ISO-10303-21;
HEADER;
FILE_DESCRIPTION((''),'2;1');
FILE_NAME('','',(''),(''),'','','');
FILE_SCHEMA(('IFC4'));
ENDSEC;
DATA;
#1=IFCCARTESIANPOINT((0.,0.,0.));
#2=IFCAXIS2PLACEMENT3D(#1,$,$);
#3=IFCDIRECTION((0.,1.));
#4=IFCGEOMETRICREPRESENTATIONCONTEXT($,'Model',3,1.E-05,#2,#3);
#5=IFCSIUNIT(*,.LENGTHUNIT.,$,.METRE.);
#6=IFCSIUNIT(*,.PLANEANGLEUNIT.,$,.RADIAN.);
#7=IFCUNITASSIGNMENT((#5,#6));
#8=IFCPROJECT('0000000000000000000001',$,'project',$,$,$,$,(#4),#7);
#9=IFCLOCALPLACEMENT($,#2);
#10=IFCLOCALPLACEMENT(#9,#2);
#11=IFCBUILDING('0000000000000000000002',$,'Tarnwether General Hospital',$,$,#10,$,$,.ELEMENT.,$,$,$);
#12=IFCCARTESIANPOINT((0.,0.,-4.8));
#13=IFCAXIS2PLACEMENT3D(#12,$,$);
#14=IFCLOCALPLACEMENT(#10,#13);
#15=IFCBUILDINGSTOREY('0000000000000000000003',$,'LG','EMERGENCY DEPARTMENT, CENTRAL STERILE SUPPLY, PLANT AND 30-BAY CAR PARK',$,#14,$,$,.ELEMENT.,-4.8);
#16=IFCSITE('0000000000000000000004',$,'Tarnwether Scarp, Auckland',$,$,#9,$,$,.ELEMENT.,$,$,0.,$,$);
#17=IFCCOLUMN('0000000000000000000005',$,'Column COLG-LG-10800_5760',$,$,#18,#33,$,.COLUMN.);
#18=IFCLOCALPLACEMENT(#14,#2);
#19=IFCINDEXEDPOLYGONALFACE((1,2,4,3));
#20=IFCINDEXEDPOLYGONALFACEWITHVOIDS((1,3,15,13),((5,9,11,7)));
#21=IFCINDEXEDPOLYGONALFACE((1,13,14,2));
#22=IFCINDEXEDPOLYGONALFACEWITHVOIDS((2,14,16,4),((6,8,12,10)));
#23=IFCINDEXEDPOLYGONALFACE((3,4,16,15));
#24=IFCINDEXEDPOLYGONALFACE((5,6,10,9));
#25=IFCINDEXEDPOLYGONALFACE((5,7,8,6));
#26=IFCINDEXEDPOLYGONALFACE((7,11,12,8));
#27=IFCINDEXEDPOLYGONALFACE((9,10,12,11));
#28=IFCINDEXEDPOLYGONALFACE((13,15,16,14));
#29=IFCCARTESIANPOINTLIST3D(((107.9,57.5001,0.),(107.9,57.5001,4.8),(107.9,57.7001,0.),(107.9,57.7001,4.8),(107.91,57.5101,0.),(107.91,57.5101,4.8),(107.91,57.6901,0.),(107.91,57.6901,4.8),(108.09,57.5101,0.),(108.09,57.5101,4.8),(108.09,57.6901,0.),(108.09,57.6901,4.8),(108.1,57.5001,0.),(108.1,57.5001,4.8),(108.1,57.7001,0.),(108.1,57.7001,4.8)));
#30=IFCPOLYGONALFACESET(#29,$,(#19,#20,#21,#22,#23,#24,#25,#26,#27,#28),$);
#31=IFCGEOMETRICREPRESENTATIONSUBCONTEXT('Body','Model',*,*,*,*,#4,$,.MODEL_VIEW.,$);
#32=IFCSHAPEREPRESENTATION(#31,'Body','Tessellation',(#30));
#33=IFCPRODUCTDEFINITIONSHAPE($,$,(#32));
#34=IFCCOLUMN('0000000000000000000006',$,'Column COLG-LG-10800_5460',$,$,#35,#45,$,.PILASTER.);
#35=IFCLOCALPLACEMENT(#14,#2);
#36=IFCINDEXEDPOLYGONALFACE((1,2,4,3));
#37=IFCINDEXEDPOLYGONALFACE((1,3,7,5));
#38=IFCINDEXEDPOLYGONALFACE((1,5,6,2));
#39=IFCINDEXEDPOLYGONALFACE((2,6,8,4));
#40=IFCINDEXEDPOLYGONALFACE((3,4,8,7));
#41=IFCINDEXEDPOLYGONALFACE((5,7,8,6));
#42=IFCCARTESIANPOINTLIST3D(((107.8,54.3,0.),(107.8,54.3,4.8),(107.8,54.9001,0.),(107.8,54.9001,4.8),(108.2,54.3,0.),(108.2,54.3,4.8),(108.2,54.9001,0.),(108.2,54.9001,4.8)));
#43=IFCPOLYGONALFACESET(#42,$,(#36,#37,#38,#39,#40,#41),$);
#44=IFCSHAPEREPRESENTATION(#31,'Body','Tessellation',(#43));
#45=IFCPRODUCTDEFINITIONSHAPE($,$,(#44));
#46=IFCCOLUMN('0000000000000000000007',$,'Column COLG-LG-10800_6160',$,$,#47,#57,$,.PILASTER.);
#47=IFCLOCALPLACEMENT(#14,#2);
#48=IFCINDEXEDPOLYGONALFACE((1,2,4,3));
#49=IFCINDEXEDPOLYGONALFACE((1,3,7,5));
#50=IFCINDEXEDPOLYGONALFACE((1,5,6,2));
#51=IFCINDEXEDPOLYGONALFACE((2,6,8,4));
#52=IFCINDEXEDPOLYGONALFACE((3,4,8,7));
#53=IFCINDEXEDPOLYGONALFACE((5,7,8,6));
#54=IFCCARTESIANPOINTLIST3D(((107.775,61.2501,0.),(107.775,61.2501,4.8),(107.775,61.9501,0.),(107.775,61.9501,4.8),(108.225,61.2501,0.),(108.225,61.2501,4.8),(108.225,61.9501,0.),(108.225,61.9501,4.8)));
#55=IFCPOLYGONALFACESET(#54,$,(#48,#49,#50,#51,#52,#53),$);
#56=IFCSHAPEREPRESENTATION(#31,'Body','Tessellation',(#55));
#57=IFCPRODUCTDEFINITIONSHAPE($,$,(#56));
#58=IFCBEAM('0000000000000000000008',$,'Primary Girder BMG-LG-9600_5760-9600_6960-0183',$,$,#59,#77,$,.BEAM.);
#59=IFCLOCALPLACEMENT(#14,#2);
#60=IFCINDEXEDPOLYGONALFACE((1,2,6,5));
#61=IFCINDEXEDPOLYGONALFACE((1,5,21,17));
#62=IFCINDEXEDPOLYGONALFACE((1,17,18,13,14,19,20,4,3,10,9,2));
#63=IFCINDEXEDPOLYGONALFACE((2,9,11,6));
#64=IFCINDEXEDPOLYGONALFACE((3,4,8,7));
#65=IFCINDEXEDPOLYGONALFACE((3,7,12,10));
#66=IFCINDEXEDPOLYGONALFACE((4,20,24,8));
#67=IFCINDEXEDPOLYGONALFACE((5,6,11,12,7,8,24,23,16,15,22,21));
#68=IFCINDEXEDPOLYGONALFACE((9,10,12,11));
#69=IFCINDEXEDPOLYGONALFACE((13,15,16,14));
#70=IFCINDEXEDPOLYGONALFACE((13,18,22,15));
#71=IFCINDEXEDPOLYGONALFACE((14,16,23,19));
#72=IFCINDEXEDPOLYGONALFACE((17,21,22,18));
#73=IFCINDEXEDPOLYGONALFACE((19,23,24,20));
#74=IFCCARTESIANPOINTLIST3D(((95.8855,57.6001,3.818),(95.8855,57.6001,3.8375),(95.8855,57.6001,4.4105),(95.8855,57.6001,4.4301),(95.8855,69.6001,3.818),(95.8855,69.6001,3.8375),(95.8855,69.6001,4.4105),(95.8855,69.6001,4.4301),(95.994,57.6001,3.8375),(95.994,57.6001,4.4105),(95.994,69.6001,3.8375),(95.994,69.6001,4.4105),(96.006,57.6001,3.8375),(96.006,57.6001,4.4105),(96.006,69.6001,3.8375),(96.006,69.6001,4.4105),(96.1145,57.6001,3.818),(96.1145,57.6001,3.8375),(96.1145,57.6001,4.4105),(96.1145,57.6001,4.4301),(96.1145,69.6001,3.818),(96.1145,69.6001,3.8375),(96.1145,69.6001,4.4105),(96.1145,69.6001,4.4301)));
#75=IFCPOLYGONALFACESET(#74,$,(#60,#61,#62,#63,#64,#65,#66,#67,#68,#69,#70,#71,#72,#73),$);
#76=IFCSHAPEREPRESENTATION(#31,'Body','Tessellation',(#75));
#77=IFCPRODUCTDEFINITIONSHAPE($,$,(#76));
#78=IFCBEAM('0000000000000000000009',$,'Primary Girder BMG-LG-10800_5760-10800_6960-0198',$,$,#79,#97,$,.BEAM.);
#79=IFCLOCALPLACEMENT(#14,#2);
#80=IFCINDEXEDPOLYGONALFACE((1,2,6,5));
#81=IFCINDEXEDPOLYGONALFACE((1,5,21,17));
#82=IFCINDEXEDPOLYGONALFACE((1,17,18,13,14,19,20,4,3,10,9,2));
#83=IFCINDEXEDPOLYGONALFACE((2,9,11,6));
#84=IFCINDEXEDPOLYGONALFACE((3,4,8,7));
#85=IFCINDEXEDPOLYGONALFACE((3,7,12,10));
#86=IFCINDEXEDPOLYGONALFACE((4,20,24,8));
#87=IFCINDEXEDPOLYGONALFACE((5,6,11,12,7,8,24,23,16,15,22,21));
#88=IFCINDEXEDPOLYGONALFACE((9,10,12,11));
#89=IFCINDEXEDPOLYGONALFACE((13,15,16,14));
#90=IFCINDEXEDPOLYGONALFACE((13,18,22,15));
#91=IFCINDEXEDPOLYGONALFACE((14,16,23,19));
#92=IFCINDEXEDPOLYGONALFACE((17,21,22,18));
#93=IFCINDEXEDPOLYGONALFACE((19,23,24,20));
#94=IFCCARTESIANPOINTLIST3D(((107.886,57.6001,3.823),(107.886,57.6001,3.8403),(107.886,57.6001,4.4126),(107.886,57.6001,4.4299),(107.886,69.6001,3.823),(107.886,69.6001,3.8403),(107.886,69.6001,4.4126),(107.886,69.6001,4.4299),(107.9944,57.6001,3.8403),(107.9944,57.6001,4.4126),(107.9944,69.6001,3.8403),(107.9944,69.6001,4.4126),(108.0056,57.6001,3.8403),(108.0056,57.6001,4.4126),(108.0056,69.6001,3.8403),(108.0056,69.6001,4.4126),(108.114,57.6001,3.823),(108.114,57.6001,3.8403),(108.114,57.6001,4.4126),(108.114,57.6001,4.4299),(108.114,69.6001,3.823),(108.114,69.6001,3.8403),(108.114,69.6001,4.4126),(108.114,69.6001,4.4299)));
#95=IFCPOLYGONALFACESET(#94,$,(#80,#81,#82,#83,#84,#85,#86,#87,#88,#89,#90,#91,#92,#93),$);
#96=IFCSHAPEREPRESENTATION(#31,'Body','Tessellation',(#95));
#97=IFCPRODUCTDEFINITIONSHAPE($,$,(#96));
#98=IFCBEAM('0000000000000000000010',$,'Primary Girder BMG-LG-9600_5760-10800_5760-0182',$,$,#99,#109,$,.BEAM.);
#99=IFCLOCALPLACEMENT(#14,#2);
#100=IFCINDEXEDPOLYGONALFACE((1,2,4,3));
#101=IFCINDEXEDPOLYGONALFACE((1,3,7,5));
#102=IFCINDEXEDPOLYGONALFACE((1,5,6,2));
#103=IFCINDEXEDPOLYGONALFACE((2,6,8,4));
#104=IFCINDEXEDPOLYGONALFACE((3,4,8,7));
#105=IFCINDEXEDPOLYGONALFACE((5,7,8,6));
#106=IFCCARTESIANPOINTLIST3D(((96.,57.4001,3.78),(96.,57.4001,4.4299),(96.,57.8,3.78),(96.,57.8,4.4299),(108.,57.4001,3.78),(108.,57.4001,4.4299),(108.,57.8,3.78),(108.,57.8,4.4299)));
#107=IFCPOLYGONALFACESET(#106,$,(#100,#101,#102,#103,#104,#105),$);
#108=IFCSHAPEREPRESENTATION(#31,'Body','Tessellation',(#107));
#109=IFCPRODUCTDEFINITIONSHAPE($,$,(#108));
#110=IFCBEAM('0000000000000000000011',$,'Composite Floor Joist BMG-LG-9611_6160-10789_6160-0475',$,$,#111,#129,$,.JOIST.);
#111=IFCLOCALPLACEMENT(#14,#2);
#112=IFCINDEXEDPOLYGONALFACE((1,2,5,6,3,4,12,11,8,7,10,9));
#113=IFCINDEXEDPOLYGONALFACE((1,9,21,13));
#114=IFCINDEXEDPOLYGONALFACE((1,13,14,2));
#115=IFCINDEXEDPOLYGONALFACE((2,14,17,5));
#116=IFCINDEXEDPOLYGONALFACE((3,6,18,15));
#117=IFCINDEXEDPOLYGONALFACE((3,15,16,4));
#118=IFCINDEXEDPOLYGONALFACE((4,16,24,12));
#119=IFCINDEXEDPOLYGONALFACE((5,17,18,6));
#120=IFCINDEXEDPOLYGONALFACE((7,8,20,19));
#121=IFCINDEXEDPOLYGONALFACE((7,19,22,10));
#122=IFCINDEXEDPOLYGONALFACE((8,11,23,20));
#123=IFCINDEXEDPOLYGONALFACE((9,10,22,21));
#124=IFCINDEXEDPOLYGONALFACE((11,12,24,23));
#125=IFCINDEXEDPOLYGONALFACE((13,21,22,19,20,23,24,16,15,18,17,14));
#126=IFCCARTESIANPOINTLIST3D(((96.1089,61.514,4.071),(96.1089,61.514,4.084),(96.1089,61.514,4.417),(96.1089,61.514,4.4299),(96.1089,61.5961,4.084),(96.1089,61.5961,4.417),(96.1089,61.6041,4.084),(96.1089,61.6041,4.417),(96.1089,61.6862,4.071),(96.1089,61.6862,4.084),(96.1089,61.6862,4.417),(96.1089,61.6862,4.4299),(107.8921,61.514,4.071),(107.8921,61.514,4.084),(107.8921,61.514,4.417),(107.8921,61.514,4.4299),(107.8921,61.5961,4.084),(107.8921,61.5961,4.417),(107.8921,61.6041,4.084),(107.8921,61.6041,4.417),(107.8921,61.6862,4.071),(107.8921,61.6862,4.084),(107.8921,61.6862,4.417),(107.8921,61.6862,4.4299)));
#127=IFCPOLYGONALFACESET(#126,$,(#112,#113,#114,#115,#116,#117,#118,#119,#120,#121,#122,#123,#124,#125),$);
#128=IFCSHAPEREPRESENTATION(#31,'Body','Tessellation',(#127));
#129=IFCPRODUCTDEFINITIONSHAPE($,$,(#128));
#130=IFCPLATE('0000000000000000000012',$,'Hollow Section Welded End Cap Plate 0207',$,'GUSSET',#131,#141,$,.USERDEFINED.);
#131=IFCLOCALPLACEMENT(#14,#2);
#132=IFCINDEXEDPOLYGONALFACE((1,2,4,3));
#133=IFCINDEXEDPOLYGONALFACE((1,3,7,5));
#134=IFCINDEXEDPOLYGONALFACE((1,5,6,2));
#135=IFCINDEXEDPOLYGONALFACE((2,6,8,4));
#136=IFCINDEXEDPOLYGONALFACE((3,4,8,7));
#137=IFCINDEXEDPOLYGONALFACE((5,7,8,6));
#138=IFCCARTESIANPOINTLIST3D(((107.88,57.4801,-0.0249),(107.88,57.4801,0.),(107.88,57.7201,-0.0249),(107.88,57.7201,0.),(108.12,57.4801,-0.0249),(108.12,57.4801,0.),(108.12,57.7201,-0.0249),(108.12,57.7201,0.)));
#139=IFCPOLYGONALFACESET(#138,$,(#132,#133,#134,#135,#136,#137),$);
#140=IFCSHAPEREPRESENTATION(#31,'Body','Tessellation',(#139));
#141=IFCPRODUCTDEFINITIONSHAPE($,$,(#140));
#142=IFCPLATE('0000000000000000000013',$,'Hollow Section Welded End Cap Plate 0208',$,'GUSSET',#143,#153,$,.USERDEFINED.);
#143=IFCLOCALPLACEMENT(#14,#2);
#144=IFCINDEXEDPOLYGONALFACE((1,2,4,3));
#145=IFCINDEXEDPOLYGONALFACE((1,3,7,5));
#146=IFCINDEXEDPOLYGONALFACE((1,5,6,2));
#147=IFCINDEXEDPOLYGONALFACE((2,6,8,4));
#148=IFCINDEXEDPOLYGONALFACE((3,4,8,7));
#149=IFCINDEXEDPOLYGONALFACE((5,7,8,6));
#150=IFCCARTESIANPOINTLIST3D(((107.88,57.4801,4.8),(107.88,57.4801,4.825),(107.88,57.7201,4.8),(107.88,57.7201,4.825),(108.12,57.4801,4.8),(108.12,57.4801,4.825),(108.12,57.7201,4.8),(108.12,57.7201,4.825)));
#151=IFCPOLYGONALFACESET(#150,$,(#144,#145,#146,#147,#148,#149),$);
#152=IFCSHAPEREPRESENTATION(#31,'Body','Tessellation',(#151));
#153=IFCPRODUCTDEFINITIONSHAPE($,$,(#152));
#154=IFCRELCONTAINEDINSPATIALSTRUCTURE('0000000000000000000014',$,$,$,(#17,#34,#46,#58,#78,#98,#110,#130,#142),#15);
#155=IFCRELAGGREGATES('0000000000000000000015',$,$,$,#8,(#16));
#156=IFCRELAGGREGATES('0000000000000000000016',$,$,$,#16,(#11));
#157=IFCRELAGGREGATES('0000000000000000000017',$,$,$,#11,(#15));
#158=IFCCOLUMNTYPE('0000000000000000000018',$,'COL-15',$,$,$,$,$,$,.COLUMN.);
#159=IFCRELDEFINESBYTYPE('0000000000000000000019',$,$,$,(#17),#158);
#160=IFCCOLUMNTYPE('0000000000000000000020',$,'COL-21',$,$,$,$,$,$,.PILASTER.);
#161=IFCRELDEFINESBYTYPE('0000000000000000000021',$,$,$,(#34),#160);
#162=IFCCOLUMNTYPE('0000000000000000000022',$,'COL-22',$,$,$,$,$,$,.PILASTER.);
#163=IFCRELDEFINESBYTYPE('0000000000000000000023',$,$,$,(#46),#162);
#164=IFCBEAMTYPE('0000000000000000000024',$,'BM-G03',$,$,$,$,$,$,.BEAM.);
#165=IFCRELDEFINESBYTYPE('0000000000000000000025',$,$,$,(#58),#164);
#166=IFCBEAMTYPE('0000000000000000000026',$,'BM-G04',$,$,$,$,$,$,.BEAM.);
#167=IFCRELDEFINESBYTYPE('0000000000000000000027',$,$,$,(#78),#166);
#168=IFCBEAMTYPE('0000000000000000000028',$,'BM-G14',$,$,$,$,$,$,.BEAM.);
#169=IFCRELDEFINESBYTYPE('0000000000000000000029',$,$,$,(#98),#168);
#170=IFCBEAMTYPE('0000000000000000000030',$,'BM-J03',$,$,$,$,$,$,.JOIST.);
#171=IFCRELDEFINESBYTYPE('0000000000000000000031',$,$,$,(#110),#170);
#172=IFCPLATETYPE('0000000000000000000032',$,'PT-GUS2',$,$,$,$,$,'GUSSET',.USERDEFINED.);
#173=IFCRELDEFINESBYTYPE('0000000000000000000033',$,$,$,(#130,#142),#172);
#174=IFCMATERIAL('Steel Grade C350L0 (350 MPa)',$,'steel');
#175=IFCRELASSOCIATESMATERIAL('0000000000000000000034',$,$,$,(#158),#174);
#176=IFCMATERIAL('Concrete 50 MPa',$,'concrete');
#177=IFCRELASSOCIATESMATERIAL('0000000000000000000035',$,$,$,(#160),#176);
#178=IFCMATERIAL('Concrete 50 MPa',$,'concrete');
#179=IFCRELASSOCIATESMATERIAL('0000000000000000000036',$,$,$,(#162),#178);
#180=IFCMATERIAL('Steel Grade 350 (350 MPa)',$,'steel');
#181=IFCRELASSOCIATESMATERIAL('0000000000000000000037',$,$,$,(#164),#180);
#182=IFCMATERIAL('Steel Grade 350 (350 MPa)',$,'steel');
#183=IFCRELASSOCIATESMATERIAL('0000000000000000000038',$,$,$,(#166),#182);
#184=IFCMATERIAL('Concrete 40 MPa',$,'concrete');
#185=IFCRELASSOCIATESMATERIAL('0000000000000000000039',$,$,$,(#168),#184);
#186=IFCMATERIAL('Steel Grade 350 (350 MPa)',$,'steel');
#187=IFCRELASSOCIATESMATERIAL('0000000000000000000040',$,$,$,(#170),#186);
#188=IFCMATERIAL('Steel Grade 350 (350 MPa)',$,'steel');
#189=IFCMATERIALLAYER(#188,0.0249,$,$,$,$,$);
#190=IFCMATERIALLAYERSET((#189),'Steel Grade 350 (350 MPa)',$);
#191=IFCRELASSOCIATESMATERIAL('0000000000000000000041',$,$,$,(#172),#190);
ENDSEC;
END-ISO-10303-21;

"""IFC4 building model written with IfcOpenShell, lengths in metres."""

from ifc_helpers import new_model, si_unit, direction, frame, origin, origin_2d, place, context, subcontext, project, spatial, rectangle, hollow_rectangle, i_section, extrude, material, layer, layer_set, material_profile, profile_set, type_object, element, save


model = new_model("IFC4")

# Units and contexts
model_context = context("Model", 3, precision=1e-05, world=origin(), true_north=direction((0.0, 1.0)))
body_context = subcontext(model_context, "Body", "Model", "MODEL_VIEW")
ifc_project = project(units=[si_unit("LENGTHUNIT", "METRE"), si_unit("PLANEANGLEUNIT", "RADIAN")], contexts=[model_context])

# Site, building, storey
site_placement = place(None, origin())
site = spatial("IfcSite", under=ifc_project, at=site_placement, Name="Tarnwether Scarp, Auckland", CompositionType="ELEMENT", RefElevation=0.0)
building_placement = place(site_placement, origin())
building = spatial("IfcBuilding", under=site, at=building_placement, Name="Tarnwether General Hospital", CompositionType="ELEMENT")
storey_placement = place(building_placement, frame((0.0, 0.0, -4.8)))
storey = spatial("IfcBuildingStorey", under=building, at=storey_placement, Name="LG", Description="EMERGENCY DEPARTMENT, CENTRAL STERILE SUPPLY, PLANT AND 30-BAY CAR PARK", CompositionType="ELEMENT", Elevation=-4.8)

# Columns
ifc_material_1 = material(Name="Steel Grade C350L0 (350 MPa)", Category="steel")
ifc_material_profile_1 = material_profile(ifc_material_1, hollow_rectangle(XDim=0.2, YDim=0.2, WallThickness=0.01, at=origin_2d()), Name="SHS200x200x10")
ifc_profile_set_1 = profile_set([ifc_material_profile_1], Name="Steel Grade C350L0 (350 MPa)")
column_type_1 = type_object("IfcColumnType", Name="COL-15", PredefinedType="COLUMN", material=ifc_profile_set_1)
column_1_placement = place(storey_placement, frame((108.0, 57.6001, 0.0), z_axis=(0.0, 0.0, 1.0), x_axis=(0.0, 1.0, 0.0)))
element("IfcColumn", 1, at=column_1_placement, inside=storey, type_object=column_type_1, Name="Column COLG-LG-10800_5760", PredefinedType="COLUMN", context=body_context, shape_type="SweptSolid", body=[
    extrude(hollow_rectangle(XDim=0.2, YDim=0.2, WallThickness=0.01, at=origin_2d()), origin(), (0.0, 0.0, 1.0), 4.8),
])
ifc_material_2 = material(Name="Concrete 50 MPa", Category="concrete")
ifc_material_profile_2 = material_profile(ifc_material_2, rectangle(XDim=0.3999, YDim=0.6001, at=origin_2d()), Name="RC-PIL-400x600")
ifc_profile_set_2 = profile_set([ifc_material_profile_2], Name="Concrete 50 MPa")
column_type_2 = type_object("IfcColumnType", Name="COL-21", PredefinedType="PILASTER", material=ifc_profile_set_2)
column_2_placement = place(storey_placement, frame((108.0, 54.6001, 0.0), z_axis=(0.0, 0.0, 1.0), x_axis=(1.0, 0.0, 0.0)))
element("IfcColumn", 2, at=column_2_placement, inside=storey, type_object=column_type_2, Name="Column COLG-LG-10800_5460", PredefinedType="PILASTER", context=body_context, shape_type="SweptSolid", body=[
    extrude(rectangle(XDim=0.3999, YDim=0.6001, at=origin_2d()), origin(), (0.0, 0.0, 1.0), 4.8),
])
ifc_material_3 = material(Name="Concrete 50 MPa", Category="concrete")
ifc_material_profile_3 = material_profile(ifc_material_3, rectangle(XDim=0.45, YDim=0.7, at=origin_2d()), Name="RC-PIL-450x700")
ifc_profile_set_3 = profile_set([ifc_material_profile_3], Name="Concrete 50 MPa")
column_type_3 = type_object("IfcColumnType", Name="COL-22", PredefinedType="PILASTER", material=ifc_profile_set_3)
column_3_placement = place(storey_placement, frame((108.0, 61.6001, 0.0), z_axis=(0.0, 0.0, 1.0), x_axis=(1.0, 0.0, 0.0)))
element("IfcColumn", 3, at=column_3_placement, inside=storey, type_object=column_type_3, Name="Column COLG-LG-10800_6160", PredefinedType="PILASTER", context=body_context, shape_type="SweptSolid", body=[
    extrude(rectangle(XDim=0.45, YDim=0.7, at=origin_2d()), origin(), (0.0, 0.0, 1.0), 4.8),
])

# Beams
ifc_material_4 = material(Name="Steel Grade 350 (350 MPa)", Category="steel")
ifc_material_profile_4 = material_profile(ifc_material_4, i_section(OverallWidth=0.229, OverallDepth=0.6121, WebThickness=0.012, FlangeThickness=0.0195, at=origin_2d()), Name="610UB125")
ifc_profile_set_4 = profile_set([ifc_material_profile_4], Name="Steel Grade 350 (350 MPa)")
beam_type_1 = type_object("IfcBeamType", Name="BM-G03", PredefinedType="BEAM", material=ifc_profile_set_4)
beam_1_placement = place(storey_placement, frame((96.0, 57.6001, 4.124), z_axis=(0.0, 1.0, 0.0), x_axis=(-1.0, 0.0, 0.0)))
element("IfcBeam", 4, at=beam_1_placement, inside=storey, type_object=beam_type_1, Name="Primary Girder BMG-LG-9600_5760-9600_6960-0183", PredefinedType="BEAM", context=body_context, shape_type="SweptSolid", body=[
    extrude(i_section(OverallWidth=0.229, OverallDepth=0.6121, WebThickness=0.012, FlangeThickness=0.0195, at=origin_2d()), origin(), (0.0, 0.0, 1.0), 12.0),
])
ifc_material_5 = material(Name="Steel Grade 350 (350 MPa)", Category="steel")
ifc_material_profile_5 = material_profile(ifc_material_5, i_section(OverallWidth=0.228, OverallDepth=0.6069, WebThickness=0.0112, FlangeThickness=0.0173, at=origin_2d()), Name="610UB113")
ifc_profile_set_5 = profile_set([ifc_material_profile_5], Name="Steel Grade 350 (350 MPa)")
beam_type_2 = type_object("IfcBeamType", Name="BM-G04", PredefinedType="BEAM", material=ifc_profile_set_5)
beam_2_placement = place(storey_placement, frame((108.0, 57.6001, 4.1265), z_axis=(0.0, 1.0, 0.0), x_axis=(-1.0, 0.0, 0.0)))
element("IfcBeam", 5, at=beam_2_placement, inside=storey, type_object=beam_type_2, Name="Primary Girder BMG-LG-10800_5760-10800_6960-0198", PredefinedType="BEAM", context=body_context, shape_type="SweptSolid", body=[
    extrude(i_section(OverallWidth=0.228, OverallDepth=0.6069, WebThickness=0.0112, FlangeThickness=0.0173, at=origin_2d()), origin(), (0.0, 0.0, 1.0), 12.0),
])
ifc_material_6 = material(Name="Concrete 40 MPa", Category="concrete")
ifc_material_profile_6 = material_profile(ifc_material_6, rectangle(XDim=0.3999, YDim=0.6499, at=origin_2d()), Name="RC-BM-400x650")
ifc_profile_set_6 = profile_set([ifc_material_profile_6], Name="Concrete 40 MPa")
beam_type_3 = type_object("IfcBeamType", Name="BM-G14", PredefinedType="BEAM", material=ifc_profile_set_6)
beam_3_placement = place(storey_placement, frame((96.0, 57.6001, 4.105), z_axis=(1.0, 0.0, 0.0), x_axis=(0.0, 1.0, 0.0)))
element("IfcBeam", 6, at=beam_3_placement, inside=storey, type_object=beam_type_3, Name="Primary Girder BMG-LG-9600_5760-10800_5760-0182", PredefinedType="BEAM", context=body_context, shape_type="SweptSolid", body=[
    extrude(rectangle(XDim=0.3999, YDim=0.6499, at=origin_2d()), origin(), (0.0, 0.0, 1.0), 12.0),
])
ifc_material_7 = material(Name="Steel Grade 350 (350 MPa)", Category="steel")
ifc_material_profile_7 = material_profile(ifc_material_7, i_section(OverallWidth=0.1721, OverallDepth=0.3589, WebThickness=0.0081, FlangeThickness=0.0129, at=origin_2d()), Name="360UB56.7")
ifc_profile_set_7 = profile_set([ifc_material_profile_7], Name="Steel Grade 350 (350 MPa)")
beam_type_4 = type_object("IfcBeamType", Name="BM-J03", PredefinedType="JOIST", material=ifc_profile_set_7)
beam_4_placement = place(storey_placement, frame((96.1089, 61.6001, 4.2505), z_axis=(1.0, 0.0, 0.0), x_axis=(0.0, 1.0, 0.0)))
element("IfcBeam", 7, at=beam_4_placement, inside=storey, type_object=beam_type_4, Name="Composite Floor Joist BMG-LG-9611_6160-10789_6160-0475", PredefinedType="JOIST", context=body_context, shape_type="SweptSolid", body=[
    extrude(i_section(OverallWidth=0.1721, OverallDepth=0.3589, WebThickness=0.0081, FlangeThickness=0.0129, at=origin_2d()), origin(), (0.0, 0.0, 1.0), 11.7832),
])

# Plates
ifc_material_8 = material(Name="Steel Grade 350 (350 MPa)", Category="steel")
ifc_layer = layer(ifc_material_8, 0.0249)
ifc_layer_set = layer_set([ifc_layer], Name="Steel Grade 350 (350 MPa)")
plate_type = type_object("IfcPlateType", Name="PT-GUS2", ElementType="GUSSET", PredefinedType="USERDEFINED", material=ifc_layer_set)
for number, where, z_axis, x_axis, name in (
    (8, (108.0, 57.6001, -0.0249), (0.0, 0.0, 1.0), (1.0, 0.0, 0.0), "Hollow Section Welded End Cap Plate 0207"),
    (9, (108.0, 57.6001, 4.8), (0.0, 0.0, 1.0), (1.0, 0.0, 0.0), "Hollow Section Welded End Cap Plate 0208"),
):
    element("IfcPlate", number, at=place(storey_placement, frame(where, z_axis=z_axis, x_axis=x_axis)), inside=storey, type_object=plate_type, Name=name, ObjectType="GUSSET", PredefinedType="USERDEFINED", context=body_context, shape_type="SweptSolid", body=[
        extrude(rectangle(XDim=0.24, YDim=0.24, at=origin_2d()), origin(), (0.0, 0.0, 1.0), 0.0249),
    ])

save(model, "model.ifc")
